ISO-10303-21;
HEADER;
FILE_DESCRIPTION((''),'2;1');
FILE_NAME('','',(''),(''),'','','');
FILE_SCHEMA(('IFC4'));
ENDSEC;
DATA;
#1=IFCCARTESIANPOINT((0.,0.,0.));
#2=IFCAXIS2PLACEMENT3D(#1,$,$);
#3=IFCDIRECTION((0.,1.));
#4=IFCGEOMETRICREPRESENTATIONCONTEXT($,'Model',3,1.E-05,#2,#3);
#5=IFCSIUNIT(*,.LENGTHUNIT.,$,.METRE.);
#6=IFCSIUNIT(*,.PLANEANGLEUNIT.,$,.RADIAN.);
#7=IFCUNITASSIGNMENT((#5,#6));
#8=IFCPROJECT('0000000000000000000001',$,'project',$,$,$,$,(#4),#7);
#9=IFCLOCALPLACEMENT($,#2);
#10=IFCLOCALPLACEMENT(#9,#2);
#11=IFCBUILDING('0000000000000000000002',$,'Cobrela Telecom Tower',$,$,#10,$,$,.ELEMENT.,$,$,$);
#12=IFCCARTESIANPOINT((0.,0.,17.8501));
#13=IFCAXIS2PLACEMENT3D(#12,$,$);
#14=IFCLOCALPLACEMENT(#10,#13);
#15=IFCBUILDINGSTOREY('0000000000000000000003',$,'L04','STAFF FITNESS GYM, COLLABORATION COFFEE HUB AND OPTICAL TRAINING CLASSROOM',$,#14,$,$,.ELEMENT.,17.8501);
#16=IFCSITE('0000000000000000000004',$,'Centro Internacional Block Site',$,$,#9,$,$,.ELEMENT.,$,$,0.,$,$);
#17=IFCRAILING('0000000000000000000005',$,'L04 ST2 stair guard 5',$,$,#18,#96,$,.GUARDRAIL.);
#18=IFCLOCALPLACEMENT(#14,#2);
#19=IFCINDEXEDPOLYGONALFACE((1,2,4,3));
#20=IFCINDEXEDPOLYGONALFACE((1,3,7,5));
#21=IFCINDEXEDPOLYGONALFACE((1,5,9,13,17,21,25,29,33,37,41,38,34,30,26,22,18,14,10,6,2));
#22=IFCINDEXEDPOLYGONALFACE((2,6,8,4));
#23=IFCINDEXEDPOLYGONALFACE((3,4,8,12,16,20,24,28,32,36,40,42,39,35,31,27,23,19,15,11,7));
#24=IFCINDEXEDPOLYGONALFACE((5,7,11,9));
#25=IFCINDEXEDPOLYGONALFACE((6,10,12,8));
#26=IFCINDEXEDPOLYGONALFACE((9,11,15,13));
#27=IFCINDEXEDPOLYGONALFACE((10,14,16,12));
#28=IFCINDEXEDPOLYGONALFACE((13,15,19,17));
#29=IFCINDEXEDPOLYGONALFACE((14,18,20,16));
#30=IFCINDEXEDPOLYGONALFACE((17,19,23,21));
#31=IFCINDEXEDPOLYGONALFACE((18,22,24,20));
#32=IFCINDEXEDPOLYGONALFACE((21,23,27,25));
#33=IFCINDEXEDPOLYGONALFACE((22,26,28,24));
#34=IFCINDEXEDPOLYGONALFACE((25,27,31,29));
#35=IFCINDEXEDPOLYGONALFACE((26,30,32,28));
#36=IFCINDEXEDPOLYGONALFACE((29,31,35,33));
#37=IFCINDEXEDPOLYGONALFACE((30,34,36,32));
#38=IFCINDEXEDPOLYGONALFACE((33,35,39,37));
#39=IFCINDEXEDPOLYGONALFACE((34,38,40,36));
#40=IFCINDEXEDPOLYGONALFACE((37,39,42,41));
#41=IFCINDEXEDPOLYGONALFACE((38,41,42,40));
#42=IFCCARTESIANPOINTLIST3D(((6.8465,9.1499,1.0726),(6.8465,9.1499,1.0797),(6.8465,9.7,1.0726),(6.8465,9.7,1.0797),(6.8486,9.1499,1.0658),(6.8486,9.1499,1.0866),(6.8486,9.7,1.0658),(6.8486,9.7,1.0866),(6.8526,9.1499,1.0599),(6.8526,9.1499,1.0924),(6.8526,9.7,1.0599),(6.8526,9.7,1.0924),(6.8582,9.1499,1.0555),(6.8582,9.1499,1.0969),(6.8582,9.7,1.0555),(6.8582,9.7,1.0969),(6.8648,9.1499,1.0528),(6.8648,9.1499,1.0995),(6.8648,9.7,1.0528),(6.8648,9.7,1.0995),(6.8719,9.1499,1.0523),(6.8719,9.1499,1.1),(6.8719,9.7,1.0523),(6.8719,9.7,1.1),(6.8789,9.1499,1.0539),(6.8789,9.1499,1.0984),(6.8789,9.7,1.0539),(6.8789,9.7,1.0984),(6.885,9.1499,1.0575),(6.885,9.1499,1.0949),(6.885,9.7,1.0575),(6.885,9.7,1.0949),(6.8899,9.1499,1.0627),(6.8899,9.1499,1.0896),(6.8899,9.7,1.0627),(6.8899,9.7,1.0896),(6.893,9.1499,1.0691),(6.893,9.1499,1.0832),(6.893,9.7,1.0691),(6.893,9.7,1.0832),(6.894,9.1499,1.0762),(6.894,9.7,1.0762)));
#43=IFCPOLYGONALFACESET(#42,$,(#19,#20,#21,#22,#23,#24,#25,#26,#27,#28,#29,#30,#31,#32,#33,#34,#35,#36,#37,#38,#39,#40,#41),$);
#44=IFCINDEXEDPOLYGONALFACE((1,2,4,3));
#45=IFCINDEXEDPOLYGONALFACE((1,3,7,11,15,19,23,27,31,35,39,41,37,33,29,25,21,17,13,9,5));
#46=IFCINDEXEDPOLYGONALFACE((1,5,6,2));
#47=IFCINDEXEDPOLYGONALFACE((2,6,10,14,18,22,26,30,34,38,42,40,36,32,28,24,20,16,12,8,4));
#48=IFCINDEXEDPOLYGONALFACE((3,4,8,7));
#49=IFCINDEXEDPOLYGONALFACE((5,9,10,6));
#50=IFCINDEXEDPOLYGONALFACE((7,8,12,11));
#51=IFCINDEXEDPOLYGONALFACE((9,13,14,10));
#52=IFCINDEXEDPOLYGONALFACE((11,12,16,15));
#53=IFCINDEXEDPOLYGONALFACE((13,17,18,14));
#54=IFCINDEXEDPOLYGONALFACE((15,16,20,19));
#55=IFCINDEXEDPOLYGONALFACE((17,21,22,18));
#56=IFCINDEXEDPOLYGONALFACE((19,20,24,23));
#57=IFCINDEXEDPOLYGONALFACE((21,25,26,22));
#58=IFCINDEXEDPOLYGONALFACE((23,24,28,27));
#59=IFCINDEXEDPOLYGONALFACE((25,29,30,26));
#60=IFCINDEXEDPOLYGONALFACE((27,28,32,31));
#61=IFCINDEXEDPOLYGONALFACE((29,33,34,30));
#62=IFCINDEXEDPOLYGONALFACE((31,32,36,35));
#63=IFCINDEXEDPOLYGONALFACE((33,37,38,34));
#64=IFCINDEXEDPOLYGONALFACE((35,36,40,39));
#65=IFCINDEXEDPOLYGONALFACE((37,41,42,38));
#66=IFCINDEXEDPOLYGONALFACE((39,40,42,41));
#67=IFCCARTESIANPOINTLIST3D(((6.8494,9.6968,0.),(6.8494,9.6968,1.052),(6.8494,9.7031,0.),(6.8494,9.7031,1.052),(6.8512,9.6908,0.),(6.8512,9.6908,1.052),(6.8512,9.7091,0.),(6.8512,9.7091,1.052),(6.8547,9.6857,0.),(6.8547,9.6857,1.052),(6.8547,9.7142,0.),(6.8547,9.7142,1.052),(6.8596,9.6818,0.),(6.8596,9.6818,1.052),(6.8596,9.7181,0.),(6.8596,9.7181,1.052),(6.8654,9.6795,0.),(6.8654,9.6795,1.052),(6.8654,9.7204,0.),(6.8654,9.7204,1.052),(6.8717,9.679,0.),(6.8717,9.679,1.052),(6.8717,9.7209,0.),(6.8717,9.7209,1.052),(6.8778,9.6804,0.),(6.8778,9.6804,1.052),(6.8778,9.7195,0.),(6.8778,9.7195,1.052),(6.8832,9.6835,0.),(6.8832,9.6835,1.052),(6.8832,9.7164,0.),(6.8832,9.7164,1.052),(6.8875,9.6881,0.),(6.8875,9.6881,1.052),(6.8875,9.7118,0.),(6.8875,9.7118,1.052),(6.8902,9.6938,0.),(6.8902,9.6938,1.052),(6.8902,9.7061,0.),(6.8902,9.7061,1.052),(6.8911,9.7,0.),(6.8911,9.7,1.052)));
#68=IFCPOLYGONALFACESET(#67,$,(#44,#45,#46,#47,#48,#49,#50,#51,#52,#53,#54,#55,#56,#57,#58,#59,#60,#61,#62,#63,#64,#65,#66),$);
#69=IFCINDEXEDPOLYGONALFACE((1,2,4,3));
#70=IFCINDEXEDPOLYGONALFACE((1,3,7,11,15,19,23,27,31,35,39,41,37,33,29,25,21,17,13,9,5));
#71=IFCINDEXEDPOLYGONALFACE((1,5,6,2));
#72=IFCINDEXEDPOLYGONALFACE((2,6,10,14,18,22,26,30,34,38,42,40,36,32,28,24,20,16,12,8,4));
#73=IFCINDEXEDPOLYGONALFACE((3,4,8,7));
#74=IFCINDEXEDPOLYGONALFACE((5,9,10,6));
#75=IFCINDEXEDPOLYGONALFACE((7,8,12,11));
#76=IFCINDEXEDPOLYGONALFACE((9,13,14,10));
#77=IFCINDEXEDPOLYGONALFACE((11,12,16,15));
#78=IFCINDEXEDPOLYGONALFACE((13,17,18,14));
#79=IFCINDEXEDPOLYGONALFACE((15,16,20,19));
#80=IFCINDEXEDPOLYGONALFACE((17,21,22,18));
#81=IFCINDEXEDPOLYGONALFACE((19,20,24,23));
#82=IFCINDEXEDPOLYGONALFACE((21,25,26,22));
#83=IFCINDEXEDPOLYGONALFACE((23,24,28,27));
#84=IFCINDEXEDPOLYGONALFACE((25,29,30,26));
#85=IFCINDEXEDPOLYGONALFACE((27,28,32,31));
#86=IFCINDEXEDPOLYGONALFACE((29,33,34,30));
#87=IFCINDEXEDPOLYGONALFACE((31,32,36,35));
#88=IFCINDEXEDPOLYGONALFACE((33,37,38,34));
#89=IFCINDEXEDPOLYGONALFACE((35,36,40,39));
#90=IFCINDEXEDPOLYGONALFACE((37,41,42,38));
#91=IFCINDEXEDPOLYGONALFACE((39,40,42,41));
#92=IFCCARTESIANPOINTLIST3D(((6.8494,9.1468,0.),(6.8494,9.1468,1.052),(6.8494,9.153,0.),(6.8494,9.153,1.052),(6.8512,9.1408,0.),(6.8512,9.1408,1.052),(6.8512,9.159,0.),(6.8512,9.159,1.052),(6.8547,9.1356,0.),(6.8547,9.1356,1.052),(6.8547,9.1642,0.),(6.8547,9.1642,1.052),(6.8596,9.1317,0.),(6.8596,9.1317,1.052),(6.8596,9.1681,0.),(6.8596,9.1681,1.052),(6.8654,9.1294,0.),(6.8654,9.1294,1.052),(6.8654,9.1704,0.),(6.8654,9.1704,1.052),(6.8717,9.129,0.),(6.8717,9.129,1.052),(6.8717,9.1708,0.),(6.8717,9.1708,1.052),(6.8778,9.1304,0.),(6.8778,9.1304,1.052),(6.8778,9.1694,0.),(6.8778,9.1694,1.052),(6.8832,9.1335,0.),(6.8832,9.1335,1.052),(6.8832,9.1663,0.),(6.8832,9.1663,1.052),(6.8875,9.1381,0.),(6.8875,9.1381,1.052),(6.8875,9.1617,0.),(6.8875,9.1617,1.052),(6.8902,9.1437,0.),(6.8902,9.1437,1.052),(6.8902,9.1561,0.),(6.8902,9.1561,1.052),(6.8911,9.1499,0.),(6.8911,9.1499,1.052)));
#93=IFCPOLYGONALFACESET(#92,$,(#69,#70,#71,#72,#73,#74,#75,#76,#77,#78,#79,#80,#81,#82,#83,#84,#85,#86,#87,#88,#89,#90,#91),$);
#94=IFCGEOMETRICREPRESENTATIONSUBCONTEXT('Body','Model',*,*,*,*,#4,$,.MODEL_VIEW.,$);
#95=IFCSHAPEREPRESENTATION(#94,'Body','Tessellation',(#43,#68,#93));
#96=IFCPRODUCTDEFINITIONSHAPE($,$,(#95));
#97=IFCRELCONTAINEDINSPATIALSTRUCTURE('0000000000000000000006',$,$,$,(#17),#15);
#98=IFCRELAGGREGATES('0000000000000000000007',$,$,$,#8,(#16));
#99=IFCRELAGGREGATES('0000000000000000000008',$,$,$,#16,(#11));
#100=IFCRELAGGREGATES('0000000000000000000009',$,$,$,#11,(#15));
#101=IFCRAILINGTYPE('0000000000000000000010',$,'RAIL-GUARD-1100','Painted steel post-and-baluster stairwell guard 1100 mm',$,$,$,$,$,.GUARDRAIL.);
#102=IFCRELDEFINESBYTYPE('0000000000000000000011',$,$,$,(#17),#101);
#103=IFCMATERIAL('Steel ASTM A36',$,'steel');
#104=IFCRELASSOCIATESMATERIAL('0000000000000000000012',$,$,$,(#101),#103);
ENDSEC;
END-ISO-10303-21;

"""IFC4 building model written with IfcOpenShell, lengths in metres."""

from ifc_helpers import new_model, si_unit, direction, frame, origin, origin_2d, place, context, subcontext, project, spatial, circle, extrude, material, type_object, element, save


model = new_model("IFC4")

# Units and contexts
model_context = context("Model", 3, precision=1e-05, world=origin(), true_north=direction((0.0, 1.0)))
body_context = subcontext(model_context, "Body", "Model", "MODEL_VIEW")
ifc_project = project(units=[si_unit("LENGTHUNIT", "METRE"), si_unit("PLANEANGLEUNIT", "RADIAN")], contexts=[model_context])

# Site, building, storey
site_placement = place(None, origin())
site = spatial("IfcSite", under=ifc_project, at=site_placement, Name="Centro Internacional Block Site", CompositionType="ELEMENT", RefElevation=0.0)
building_placement = place(site_placement, origin())
building = spatial("IfcBuilding", under=site, at=building_placement, Name="Cobrela Telecom Tower", CompositionType="ELEMENT")
storey_placement = place(building_placement, frame((0.0, 0.0, 17.8501)))
storey = spatial("IfcBuildingStorey", under=building, at=storey_placement, Name="L04", Description="STAFF FITNESS GYM, COLLABORATION COFFEE HUB AND OPTICAL TRAINING CLASSROOM", CompositionType="ELEMENT", Elevation=17.8501)

# Railing
ifc_material_1 = material(Name="Steel ASTM A36", Category="steel")
railing_type_1 = type_object("IfcRailingType", Name="RAIL-GUARD-1100", Description="Painted steel post-and-baluster stairwell guard 1100 mm", PredefinedType="GUARDRAIL", material=ifc_material_1)
railing_1_placement = place(storey_placement, frame((6.8701, 9.7, 0.0)))
element("IfcRailing", 1, at=railing_1_placement, inside=storey, type_object=railing_type_1, Name="L04 ST2 stair guard 5", PredefinedType="GUARDRAIL", context=body_context, shape_type="SweptSolid", body=[
    extrude(circle(Radius=0.0239, at=origin_2d()), frame((0.0, 0.0, 1.0762), z_axis=(0.0, -1.0, 0.0), x_axis=(1.0, 0.0, 0.0)), (0.0, 0.0, 1.0), 0.55),
    extrude(circle(Radius=0.021, at=origin_2d()), origin(), (0.0, 0.0, 1.0), 1.052),
    extrude(circle(Radius=0.021, at=origin_2d()), frame((0.0, -0.55, 0.0)), (0.0, 0.0, 1.0), 1.052),
])

save(model, "model.ifc")
